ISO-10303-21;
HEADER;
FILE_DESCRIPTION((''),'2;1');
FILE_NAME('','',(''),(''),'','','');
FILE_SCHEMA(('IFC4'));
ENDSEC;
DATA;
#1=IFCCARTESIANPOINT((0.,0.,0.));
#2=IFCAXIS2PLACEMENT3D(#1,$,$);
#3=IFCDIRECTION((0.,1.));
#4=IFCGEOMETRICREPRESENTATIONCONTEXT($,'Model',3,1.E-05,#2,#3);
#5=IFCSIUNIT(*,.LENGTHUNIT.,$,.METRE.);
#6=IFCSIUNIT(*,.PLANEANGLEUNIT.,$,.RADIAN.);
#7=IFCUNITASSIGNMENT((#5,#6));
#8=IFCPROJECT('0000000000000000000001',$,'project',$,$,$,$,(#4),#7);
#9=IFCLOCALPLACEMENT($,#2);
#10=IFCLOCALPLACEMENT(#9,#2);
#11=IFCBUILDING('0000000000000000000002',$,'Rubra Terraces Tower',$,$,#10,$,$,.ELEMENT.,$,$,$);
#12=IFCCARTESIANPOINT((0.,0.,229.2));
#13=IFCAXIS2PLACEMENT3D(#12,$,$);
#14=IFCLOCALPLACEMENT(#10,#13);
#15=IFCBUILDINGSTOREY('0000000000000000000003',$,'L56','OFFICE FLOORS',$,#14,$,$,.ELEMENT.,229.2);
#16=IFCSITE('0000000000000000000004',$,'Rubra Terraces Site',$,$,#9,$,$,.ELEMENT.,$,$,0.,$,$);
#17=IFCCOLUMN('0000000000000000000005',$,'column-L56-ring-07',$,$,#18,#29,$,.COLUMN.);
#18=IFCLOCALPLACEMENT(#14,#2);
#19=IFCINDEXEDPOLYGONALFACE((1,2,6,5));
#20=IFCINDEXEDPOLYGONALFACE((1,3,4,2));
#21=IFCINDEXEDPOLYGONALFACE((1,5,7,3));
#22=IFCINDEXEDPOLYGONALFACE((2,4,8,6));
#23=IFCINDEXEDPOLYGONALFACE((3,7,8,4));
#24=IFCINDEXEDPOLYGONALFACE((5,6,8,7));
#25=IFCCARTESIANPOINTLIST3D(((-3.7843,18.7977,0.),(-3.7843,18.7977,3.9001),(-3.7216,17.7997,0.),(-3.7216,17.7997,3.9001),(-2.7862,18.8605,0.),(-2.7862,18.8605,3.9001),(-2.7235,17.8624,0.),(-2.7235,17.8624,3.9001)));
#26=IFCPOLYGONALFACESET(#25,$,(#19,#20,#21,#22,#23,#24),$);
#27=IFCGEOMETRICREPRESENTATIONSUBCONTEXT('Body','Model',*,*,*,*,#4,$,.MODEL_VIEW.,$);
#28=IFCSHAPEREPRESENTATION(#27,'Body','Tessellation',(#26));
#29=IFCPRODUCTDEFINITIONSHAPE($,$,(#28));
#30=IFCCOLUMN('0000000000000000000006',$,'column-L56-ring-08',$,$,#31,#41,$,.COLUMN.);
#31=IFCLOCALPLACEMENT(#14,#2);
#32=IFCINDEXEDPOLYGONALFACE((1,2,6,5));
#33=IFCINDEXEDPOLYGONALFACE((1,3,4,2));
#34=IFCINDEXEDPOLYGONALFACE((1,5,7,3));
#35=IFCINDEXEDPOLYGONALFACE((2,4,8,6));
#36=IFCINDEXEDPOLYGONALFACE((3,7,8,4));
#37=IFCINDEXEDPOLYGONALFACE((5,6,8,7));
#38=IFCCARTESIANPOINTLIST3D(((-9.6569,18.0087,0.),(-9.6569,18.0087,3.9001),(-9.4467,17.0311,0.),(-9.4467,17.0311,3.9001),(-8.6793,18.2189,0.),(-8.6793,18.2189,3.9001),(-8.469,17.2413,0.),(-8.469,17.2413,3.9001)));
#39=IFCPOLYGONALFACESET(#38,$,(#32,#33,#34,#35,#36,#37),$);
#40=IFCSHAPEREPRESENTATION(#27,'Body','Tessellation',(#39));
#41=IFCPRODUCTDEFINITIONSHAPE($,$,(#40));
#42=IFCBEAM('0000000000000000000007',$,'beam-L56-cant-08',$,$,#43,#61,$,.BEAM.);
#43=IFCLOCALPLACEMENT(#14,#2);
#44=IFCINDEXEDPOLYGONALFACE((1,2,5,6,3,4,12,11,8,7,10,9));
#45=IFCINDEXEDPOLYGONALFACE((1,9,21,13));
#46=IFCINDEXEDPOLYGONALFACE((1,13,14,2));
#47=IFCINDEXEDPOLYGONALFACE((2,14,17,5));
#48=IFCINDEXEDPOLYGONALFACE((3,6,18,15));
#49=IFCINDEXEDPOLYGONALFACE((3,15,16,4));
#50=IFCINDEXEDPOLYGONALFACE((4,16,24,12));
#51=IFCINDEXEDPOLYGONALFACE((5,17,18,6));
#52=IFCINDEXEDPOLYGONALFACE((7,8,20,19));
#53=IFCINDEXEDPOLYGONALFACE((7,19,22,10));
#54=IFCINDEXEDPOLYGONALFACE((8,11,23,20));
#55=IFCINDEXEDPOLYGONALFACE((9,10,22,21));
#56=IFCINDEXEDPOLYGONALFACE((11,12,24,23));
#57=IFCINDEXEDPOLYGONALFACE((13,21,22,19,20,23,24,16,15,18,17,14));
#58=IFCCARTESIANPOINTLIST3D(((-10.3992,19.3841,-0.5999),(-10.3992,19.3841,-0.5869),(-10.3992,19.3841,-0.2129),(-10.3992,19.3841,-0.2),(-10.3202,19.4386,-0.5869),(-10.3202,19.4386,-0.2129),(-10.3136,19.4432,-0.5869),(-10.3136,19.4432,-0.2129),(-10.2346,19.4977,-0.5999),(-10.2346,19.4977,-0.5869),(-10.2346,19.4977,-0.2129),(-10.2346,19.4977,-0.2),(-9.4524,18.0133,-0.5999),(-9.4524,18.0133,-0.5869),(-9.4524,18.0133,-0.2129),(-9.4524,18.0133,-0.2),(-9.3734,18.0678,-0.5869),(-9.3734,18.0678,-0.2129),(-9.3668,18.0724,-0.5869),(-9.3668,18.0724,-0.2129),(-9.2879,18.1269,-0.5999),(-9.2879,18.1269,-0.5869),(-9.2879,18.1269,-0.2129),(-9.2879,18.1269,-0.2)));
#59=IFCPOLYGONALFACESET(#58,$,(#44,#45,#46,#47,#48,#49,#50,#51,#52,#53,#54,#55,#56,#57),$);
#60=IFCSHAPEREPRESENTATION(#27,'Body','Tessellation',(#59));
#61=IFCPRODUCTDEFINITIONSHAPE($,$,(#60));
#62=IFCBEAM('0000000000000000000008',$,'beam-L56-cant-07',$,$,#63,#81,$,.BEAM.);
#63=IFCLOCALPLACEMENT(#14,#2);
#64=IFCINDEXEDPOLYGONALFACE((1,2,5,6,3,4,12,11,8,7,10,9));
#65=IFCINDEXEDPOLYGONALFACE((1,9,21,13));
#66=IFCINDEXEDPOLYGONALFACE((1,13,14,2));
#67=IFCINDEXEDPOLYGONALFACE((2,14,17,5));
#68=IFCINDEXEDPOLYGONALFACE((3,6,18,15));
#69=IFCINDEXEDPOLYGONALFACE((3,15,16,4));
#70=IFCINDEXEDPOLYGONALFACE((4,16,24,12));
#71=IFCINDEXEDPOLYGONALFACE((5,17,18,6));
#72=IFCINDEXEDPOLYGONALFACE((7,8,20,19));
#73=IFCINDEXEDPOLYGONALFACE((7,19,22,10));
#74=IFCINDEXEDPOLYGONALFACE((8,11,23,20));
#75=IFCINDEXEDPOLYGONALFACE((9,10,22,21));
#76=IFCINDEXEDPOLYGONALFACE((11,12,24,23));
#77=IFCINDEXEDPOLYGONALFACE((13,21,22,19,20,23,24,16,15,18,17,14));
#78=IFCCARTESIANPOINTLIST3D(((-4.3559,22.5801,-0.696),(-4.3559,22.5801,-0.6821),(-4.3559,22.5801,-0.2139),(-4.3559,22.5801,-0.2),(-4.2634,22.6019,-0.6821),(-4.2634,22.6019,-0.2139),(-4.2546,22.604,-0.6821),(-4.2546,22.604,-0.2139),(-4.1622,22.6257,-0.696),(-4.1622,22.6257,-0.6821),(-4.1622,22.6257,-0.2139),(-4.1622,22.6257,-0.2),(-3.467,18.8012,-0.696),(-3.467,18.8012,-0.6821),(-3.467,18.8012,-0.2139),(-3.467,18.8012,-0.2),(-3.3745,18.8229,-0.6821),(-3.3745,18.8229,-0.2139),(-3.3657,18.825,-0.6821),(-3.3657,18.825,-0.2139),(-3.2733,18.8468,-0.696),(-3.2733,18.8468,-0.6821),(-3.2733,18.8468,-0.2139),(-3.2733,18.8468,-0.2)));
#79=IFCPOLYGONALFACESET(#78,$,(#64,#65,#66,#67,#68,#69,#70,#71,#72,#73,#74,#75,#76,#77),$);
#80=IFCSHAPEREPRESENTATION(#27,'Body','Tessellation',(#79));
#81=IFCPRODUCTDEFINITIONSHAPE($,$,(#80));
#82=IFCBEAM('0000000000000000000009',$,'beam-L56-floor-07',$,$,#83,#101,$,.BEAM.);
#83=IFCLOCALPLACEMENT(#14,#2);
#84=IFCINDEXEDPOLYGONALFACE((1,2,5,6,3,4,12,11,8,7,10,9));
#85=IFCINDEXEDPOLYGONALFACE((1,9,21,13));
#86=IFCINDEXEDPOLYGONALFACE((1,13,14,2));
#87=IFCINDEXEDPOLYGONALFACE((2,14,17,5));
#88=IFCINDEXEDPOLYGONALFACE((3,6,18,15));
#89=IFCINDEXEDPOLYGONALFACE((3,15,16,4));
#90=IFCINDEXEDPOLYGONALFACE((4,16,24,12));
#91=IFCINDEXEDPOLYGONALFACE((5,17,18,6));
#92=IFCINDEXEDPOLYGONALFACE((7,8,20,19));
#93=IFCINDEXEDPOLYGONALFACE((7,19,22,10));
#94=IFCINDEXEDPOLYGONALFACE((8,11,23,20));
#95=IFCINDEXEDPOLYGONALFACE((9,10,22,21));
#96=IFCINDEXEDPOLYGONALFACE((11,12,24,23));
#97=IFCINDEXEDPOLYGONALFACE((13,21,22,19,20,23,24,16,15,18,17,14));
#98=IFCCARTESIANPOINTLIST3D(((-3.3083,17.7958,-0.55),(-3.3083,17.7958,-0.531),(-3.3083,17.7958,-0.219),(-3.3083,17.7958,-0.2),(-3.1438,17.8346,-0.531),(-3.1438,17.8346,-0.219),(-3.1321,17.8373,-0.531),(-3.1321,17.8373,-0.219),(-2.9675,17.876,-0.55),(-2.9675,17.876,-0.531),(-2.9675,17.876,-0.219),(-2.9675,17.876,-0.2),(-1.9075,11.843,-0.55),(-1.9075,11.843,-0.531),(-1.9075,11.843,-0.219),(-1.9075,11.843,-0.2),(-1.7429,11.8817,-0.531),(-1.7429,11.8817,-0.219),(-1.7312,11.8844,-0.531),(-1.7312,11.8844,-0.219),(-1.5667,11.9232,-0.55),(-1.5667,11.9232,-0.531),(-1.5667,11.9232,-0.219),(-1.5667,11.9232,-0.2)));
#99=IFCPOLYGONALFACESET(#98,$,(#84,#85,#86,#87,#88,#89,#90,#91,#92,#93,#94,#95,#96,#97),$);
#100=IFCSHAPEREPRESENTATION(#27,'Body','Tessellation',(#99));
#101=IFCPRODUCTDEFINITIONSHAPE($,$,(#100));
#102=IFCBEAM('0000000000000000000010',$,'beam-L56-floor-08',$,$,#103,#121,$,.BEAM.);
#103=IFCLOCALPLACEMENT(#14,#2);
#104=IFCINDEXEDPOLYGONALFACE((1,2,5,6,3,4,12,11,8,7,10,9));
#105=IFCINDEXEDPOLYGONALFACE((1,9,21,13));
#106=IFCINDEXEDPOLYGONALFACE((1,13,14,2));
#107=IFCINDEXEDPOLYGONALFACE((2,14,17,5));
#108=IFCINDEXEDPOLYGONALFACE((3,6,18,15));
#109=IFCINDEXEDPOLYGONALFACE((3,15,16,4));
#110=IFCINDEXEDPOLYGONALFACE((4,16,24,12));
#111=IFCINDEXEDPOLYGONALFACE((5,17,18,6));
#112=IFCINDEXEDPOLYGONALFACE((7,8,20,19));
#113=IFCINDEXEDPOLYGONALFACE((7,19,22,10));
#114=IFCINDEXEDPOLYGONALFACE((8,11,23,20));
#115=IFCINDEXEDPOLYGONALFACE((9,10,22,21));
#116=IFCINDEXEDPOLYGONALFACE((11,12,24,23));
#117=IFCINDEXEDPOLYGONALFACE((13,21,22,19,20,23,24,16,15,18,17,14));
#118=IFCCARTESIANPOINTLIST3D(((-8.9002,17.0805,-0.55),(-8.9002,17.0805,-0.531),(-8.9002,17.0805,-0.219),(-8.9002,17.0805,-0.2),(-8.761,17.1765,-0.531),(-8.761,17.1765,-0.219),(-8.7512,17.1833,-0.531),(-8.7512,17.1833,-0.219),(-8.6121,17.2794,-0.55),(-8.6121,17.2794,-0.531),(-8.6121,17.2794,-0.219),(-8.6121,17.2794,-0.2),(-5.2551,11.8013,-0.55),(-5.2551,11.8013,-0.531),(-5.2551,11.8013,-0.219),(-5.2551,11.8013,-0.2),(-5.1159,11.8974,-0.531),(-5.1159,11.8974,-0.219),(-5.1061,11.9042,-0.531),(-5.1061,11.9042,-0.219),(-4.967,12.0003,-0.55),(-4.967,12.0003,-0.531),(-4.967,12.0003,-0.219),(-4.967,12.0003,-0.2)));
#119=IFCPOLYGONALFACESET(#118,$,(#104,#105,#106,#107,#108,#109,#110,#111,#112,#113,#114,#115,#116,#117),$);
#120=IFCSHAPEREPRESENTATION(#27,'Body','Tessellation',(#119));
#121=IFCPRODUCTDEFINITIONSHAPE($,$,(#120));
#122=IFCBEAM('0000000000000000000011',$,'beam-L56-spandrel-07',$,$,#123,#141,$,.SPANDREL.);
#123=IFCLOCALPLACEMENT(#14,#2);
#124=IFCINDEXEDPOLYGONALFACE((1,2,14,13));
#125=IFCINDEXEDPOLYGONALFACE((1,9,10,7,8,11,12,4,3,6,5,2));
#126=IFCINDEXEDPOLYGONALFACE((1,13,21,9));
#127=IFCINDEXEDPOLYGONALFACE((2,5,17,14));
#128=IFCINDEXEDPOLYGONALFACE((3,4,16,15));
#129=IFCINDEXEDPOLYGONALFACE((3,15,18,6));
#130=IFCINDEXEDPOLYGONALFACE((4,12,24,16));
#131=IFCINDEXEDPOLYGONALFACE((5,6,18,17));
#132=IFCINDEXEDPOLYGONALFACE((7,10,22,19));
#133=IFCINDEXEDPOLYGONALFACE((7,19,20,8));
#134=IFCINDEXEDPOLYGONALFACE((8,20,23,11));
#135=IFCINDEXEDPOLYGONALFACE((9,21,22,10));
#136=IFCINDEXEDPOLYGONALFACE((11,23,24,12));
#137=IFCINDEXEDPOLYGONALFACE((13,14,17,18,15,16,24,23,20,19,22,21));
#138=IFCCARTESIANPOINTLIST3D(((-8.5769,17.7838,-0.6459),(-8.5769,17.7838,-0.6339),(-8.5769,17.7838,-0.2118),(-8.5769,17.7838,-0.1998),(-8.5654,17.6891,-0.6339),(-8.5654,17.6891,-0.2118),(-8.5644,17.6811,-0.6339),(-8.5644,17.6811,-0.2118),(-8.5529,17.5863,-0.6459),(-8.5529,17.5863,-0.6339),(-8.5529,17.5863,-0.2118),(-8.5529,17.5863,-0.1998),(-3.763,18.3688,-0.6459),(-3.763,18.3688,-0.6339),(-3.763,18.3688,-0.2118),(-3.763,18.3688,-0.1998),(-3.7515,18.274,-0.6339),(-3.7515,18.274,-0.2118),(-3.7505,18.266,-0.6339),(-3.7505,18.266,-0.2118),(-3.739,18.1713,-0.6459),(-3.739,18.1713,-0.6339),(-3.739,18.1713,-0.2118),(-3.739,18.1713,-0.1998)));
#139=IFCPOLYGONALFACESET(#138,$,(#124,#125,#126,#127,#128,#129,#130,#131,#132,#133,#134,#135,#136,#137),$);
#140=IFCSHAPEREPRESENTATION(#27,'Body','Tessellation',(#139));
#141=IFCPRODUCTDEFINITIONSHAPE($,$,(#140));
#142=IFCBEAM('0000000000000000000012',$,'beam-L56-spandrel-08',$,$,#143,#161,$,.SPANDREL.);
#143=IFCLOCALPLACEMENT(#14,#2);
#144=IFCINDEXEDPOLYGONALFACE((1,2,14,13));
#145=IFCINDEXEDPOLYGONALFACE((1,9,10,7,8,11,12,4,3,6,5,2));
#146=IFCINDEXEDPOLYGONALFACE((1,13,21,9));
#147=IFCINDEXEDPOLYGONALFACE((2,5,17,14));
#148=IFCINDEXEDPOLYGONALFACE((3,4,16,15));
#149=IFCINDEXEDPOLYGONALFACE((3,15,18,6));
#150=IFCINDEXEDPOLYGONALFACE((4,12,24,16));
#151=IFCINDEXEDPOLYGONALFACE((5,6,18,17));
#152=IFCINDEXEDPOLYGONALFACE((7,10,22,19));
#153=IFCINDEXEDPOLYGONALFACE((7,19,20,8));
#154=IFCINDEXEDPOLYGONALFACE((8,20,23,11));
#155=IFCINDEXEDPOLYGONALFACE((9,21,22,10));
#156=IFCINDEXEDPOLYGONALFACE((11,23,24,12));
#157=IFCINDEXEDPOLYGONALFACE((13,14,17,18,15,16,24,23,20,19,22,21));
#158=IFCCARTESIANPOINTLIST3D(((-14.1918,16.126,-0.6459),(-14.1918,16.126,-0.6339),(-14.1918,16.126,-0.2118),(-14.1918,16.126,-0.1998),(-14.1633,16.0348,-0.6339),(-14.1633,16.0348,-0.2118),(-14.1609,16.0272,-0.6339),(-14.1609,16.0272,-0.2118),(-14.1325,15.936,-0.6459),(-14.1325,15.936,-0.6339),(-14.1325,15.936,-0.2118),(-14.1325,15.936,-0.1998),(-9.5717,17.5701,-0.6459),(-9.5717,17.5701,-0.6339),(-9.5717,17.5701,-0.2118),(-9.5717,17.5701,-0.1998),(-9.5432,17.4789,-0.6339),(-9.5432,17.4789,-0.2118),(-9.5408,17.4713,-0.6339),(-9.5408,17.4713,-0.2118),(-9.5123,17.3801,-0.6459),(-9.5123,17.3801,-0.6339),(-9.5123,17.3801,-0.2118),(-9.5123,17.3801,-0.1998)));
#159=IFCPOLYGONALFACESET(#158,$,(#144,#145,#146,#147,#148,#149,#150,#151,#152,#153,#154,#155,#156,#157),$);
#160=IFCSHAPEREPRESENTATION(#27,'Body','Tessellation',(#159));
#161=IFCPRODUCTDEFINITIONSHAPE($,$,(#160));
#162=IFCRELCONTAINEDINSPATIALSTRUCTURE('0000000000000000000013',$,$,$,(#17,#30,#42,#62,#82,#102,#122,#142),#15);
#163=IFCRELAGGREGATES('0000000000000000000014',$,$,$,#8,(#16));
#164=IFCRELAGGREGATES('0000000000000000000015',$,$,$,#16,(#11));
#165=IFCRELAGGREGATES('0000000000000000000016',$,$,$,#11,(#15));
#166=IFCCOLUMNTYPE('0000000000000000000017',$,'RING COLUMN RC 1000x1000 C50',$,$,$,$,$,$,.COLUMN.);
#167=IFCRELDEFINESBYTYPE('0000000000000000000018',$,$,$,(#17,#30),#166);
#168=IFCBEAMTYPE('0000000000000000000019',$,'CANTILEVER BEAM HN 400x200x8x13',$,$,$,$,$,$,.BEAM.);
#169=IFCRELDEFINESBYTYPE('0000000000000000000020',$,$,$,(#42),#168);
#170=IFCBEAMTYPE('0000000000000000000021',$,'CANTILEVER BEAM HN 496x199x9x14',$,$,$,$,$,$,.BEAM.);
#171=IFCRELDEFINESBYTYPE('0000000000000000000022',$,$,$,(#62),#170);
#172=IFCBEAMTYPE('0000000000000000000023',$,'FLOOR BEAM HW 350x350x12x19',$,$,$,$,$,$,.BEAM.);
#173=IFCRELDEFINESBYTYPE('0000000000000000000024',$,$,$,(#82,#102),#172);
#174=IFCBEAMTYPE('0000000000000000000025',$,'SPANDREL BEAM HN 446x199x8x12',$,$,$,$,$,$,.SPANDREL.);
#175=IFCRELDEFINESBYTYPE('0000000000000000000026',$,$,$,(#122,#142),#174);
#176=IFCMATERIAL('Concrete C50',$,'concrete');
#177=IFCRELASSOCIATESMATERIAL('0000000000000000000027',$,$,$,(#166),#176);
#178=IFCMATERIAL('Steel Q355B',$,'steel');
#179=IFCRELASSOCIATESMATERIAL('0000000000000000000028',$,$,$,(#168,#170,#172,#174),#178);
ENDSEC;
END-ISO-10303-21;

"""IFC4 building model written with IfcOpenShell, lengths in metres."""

from ifc_helpers import new_model, si_unit, direction, frame, origin, origin_2d, place, context, subcontext, project, spatial, rectangle, i_section, extrude, material, material_profile, profile_set, type_object, element, save


model = new_model("IFC4")

# Units and contexts
model_context = context("Model", 3, precision=1e-05, world=origin(), true_north=direction((0.0, 1.0)))
body_context = subcontext(model_context, "Body", "Model", "MODEL_VIEW")
ifc_project = project(units=[si_unit("LENGTHUNIT", "METRE"), si_unit("PLANEANGLEUNIT", "RADIAN")], contexts=[model_context])

# Site, building, storey
site_placement = place(None, origin())
site = spatial("IfcSite", under=ifc_project, at=site_placement, Name="Rubra Terraces Site", CompositionType="ELEMENT", RefElevation=0.0)
building_placement = place(site_placement, origin())
building = spatial("IfcBuilding", under=site, at=building_placement, Name="Rubra Terraces Tower", CompositionType="ELEMENT")
storey_placement = place(building_placement, frame((0.0, 0.0, 229.2)))
storey = spatial("IfcBuildingStorey", under=building, at=storey_placement, Name="L56", Description="OFFICE FLOORS", CompositionType="ELEMENT", Elevation=229.2)

# Columns
ifc_material_1 = material(Name="Concrete C50", Category="concrete")
ifc_material_profile_1 = material_profile(ifc_material_1, rectangle(XDim=1.0, YDim=1.0, at=origin_2d()), Name="RC 1000x1000")
ifc_profile_set_1 = profile_set([ifc_material_profile_1], Name="Concrete C50")
column_type = type_object("IfcColumnType", Name="RING COLUMN RC 1000x1000 C50", PredefinedType="COLUMN", material=ifc_profile_set_1)
for number, where, z_axis, x_axis, name in (
    (1, (-3.2539, 18.3301, 0.0), (0.0, 0.0, 1.0), (-0.998032, -0.062714, 0.0), "column-L56-ring-07"),
    (2, (-9.063, 17.625, 0.0), (0.0, 0.0, 1.0), (-0.977653, -0.210227, 0.0), "column-L56-ring-08"),
):
    element("IfcColumn", number, at=place(storey_placement, frame(where, z_axis=z_axis, x_axis=x_axis)), inside=storey, type_object=column_type, Name=name, PredefinedType="COLUMN", context=body_context, shape_type="SweptSolid", body=[
        extrude(rectangle(XDim=1.0, YDim=1.0, at=origin_2d()), origin(), (0.0, 0.0, 1.0), 3.9001),
    ])

# Beams
ifc_material_2 = material(Name="Steel Q355B", Category="steel")
ifc_material_profile_2 = material_profile(ifc_material_2, i_section(OverallWidth=0.2, OverallDepth=0.3999, WebThickness=0.0081, FlangeThickness=0.0129, at=origin_2d()), Name="HN 400x200x8x13")
ifc_profile_set_2 = profile_set([ifc_material_profile_2], Name="Steel Q355B")
beam_type_1 = type_object("IfcBeamType", Name="CANTILEVER BEAM HN 400x200x8x13", PredefinedType="BEAM", material=ifc_profile_set_2)
beam_1_placement = place(storey_placement, frame((-9.3701, 18.0701, -0.3999), z_axis=(-0.568288, 0.82283, 0.0), x_axis=(-0.82283, -0.568288, 0.0)))
element("IfcBeam", 3, at=beam_1_placement, inside=storey, type_object=beam_type_1, Name="beam-L56-cant-08", PredefinedType="BEAM", context=body_context, shape_type="SweptSolid", body=[
    extrude(i_section(OverallWidth=0.2, OverallDepth=0.3999, WebThickness=0.0081, FlangeThickness=0.0129, at=origin_2d()), origin(), (0.0, 0.0, 1.0), 1.666),
])
ifc_material_profile_3 = material_profile(ifc_material_2, i_section(OverallWidth=0.199, OverallDepth=0.4961, WebThickness=0.009, FlangeThickness=0.0139, at=origin_2d()), Name="HN 496x199x9x14")
ifc_profile_set_3 = profile_set([ifc_material_profile_3], Name="Steel Q355B")
beam_type_2 = type_object("IfcBeamType", Name="CANTILEVER BEAM HN 496x199x9x14", PredefinedType="BEAM", material=ifc_profile_set_3)
beam_2_placement = place(storey_placement, frame((-3.3701, 18.824, -0.448), z_axis=(-0.228973, 0.973433, 0.0), x_axis=(-0.973433, -0.228973, 0.0)))
element("IfcBeam", 4, at=beam_2_placement, inside=storey, type_object=beam_type_2, Name="beam-L56-cant-07", PredefinedType="BEAM", context=body_context, shape_type="SweptSolid", body=[
    extrude(i_section(OverallWidth=0.199, OverallDepth=0.4961, WebThickness=0.009, FlangeThickness=0.0139, at=origin_2d()), origin(), (0.0, 0.0, 1.0), 3.8821),
])
ifc_material_profile_4 = material_profile(ifc_material_2, i_section(OverallWidth=0.3501, OverallDepth=0.3501, WebThickness=0.012, FlangeThickness=0.019, at=origin_2d()), Name="HW 350x350x12x19")
ifc_profile_set_4 = profile_set([ifc_material_profile_4], Name="Steel Q355B")
beam_type_3 = type_object("IfcBeamType", Name="FLOOR BEAM HW 350x350x12x19", PredefinedType="BEAM", material=ifc_profile_set_4)
beam_3_placement = place(storey_placement, frame((-3.1379, 17.8359, -0.375), z_axis=(0.22907, -0.97341, 0.0), x_axis=(0.97341, 0.22907, 0.0)))
element("IfcBeam", 5, at=beam_3_placement, inside=storey, type_object=beam_type_3, Name="beam-L56-floor-07", PredefinedType="BEAM", context=body_context, shape_type="SweptSolid", body=[
    extrude(i_section(OverallWidth=0.3501, OverallDepth=0.3501, WebThickness=0.012, FlangeThickness=0.019, at=origin_2d()), origin(), (0.0, 0.0, 1.0), 6.1155),
])
beam_4_placement = place(storey_placement, frame((-8.7561, 17.1799, -0.375), z_axis=(0.568186, -0.8229, 0.0), x_axis=(0.8229, 0.568186, 0.0)))
element("IfcBeam", 6, at=beam_4_placement, inside=storey, type_object=beam_type_3, Name="beam-L56-floor-08", PredefinedType="BEAM", context=body_context, shape_type="SweptSolid", body=[
    extrude(i_section(OverallWidth=0.3501, OverallDepth=0.3501, WebThickness=0.012, FlangeThickness=0.019, at=origin_2d()), origin(), (0.0, 0.0, 1.0), 6.4153),
])
ifc_material_profile_5 = material_profile(ifc_material_2, i_section(OverallWidth=0.199, OverallDepth=0.446, WebThickness=0.0081, FlangeThickness=0.012, at=origin_2d()), Name="HN 446x199x8x12")
ifc_profile_set_5 = profile_set([ifc_material_profile_5], Name="Steel Q355B")
beam_type_4 = type_object("IfcBeamType", Name="SPANDREL BEAM HN 446x199x8x12", PredefinedType="SPANDREL", material=ifc_profile_set_5)
beam_5_placement = place(storey_placement, frame((-3.751, 18.27, -0.4229), z_axis=(-0.992698, -0.120626, 0.0), x_axis=(0.120626, -0.992698, 0.0)))
element("IfcBeam", 7, at=beam_5_placement, inside=storey, type_object=beam_type_4, Name="beam-L56-spandrel-07", PredefinedType="SPANDREL", context=body_context, shape_type="SweptSolid", body=[
    extrude(i_section(OverallWidth=0.199, OverallDepth=0.446, WebThickness=0.0081, FlangeThickness=0.012, at=origin_2d()), origin(), (0.0, 0.0, 1.0), 4.8494),
])
beam_6_placement = place(storey_placement, frame((-9.542, 17.4751, -0.4229), z_axis=(-0.954462, -0.298332, 0.0), x_axis=(0.298332, -0.954462, 0.0)))
element("IfcBeam", 8, at=beam_6_placement, inside=storey, type_object=beam_type_4, Name="beam-L56-spandrel-08", PredefinedType="SPANDREL", context=body_context, shape_type="SweptSolid", body=[
    extrude(i_section(OverallWidth=0.199, OverallDepth=0.446, WebThickness=0.0081, FlangeThickness=0.012, at=origin_2d()), origin(), (0.0, 0.0, 1.0), 4.8406),
])

save(model, "model.ifc")
